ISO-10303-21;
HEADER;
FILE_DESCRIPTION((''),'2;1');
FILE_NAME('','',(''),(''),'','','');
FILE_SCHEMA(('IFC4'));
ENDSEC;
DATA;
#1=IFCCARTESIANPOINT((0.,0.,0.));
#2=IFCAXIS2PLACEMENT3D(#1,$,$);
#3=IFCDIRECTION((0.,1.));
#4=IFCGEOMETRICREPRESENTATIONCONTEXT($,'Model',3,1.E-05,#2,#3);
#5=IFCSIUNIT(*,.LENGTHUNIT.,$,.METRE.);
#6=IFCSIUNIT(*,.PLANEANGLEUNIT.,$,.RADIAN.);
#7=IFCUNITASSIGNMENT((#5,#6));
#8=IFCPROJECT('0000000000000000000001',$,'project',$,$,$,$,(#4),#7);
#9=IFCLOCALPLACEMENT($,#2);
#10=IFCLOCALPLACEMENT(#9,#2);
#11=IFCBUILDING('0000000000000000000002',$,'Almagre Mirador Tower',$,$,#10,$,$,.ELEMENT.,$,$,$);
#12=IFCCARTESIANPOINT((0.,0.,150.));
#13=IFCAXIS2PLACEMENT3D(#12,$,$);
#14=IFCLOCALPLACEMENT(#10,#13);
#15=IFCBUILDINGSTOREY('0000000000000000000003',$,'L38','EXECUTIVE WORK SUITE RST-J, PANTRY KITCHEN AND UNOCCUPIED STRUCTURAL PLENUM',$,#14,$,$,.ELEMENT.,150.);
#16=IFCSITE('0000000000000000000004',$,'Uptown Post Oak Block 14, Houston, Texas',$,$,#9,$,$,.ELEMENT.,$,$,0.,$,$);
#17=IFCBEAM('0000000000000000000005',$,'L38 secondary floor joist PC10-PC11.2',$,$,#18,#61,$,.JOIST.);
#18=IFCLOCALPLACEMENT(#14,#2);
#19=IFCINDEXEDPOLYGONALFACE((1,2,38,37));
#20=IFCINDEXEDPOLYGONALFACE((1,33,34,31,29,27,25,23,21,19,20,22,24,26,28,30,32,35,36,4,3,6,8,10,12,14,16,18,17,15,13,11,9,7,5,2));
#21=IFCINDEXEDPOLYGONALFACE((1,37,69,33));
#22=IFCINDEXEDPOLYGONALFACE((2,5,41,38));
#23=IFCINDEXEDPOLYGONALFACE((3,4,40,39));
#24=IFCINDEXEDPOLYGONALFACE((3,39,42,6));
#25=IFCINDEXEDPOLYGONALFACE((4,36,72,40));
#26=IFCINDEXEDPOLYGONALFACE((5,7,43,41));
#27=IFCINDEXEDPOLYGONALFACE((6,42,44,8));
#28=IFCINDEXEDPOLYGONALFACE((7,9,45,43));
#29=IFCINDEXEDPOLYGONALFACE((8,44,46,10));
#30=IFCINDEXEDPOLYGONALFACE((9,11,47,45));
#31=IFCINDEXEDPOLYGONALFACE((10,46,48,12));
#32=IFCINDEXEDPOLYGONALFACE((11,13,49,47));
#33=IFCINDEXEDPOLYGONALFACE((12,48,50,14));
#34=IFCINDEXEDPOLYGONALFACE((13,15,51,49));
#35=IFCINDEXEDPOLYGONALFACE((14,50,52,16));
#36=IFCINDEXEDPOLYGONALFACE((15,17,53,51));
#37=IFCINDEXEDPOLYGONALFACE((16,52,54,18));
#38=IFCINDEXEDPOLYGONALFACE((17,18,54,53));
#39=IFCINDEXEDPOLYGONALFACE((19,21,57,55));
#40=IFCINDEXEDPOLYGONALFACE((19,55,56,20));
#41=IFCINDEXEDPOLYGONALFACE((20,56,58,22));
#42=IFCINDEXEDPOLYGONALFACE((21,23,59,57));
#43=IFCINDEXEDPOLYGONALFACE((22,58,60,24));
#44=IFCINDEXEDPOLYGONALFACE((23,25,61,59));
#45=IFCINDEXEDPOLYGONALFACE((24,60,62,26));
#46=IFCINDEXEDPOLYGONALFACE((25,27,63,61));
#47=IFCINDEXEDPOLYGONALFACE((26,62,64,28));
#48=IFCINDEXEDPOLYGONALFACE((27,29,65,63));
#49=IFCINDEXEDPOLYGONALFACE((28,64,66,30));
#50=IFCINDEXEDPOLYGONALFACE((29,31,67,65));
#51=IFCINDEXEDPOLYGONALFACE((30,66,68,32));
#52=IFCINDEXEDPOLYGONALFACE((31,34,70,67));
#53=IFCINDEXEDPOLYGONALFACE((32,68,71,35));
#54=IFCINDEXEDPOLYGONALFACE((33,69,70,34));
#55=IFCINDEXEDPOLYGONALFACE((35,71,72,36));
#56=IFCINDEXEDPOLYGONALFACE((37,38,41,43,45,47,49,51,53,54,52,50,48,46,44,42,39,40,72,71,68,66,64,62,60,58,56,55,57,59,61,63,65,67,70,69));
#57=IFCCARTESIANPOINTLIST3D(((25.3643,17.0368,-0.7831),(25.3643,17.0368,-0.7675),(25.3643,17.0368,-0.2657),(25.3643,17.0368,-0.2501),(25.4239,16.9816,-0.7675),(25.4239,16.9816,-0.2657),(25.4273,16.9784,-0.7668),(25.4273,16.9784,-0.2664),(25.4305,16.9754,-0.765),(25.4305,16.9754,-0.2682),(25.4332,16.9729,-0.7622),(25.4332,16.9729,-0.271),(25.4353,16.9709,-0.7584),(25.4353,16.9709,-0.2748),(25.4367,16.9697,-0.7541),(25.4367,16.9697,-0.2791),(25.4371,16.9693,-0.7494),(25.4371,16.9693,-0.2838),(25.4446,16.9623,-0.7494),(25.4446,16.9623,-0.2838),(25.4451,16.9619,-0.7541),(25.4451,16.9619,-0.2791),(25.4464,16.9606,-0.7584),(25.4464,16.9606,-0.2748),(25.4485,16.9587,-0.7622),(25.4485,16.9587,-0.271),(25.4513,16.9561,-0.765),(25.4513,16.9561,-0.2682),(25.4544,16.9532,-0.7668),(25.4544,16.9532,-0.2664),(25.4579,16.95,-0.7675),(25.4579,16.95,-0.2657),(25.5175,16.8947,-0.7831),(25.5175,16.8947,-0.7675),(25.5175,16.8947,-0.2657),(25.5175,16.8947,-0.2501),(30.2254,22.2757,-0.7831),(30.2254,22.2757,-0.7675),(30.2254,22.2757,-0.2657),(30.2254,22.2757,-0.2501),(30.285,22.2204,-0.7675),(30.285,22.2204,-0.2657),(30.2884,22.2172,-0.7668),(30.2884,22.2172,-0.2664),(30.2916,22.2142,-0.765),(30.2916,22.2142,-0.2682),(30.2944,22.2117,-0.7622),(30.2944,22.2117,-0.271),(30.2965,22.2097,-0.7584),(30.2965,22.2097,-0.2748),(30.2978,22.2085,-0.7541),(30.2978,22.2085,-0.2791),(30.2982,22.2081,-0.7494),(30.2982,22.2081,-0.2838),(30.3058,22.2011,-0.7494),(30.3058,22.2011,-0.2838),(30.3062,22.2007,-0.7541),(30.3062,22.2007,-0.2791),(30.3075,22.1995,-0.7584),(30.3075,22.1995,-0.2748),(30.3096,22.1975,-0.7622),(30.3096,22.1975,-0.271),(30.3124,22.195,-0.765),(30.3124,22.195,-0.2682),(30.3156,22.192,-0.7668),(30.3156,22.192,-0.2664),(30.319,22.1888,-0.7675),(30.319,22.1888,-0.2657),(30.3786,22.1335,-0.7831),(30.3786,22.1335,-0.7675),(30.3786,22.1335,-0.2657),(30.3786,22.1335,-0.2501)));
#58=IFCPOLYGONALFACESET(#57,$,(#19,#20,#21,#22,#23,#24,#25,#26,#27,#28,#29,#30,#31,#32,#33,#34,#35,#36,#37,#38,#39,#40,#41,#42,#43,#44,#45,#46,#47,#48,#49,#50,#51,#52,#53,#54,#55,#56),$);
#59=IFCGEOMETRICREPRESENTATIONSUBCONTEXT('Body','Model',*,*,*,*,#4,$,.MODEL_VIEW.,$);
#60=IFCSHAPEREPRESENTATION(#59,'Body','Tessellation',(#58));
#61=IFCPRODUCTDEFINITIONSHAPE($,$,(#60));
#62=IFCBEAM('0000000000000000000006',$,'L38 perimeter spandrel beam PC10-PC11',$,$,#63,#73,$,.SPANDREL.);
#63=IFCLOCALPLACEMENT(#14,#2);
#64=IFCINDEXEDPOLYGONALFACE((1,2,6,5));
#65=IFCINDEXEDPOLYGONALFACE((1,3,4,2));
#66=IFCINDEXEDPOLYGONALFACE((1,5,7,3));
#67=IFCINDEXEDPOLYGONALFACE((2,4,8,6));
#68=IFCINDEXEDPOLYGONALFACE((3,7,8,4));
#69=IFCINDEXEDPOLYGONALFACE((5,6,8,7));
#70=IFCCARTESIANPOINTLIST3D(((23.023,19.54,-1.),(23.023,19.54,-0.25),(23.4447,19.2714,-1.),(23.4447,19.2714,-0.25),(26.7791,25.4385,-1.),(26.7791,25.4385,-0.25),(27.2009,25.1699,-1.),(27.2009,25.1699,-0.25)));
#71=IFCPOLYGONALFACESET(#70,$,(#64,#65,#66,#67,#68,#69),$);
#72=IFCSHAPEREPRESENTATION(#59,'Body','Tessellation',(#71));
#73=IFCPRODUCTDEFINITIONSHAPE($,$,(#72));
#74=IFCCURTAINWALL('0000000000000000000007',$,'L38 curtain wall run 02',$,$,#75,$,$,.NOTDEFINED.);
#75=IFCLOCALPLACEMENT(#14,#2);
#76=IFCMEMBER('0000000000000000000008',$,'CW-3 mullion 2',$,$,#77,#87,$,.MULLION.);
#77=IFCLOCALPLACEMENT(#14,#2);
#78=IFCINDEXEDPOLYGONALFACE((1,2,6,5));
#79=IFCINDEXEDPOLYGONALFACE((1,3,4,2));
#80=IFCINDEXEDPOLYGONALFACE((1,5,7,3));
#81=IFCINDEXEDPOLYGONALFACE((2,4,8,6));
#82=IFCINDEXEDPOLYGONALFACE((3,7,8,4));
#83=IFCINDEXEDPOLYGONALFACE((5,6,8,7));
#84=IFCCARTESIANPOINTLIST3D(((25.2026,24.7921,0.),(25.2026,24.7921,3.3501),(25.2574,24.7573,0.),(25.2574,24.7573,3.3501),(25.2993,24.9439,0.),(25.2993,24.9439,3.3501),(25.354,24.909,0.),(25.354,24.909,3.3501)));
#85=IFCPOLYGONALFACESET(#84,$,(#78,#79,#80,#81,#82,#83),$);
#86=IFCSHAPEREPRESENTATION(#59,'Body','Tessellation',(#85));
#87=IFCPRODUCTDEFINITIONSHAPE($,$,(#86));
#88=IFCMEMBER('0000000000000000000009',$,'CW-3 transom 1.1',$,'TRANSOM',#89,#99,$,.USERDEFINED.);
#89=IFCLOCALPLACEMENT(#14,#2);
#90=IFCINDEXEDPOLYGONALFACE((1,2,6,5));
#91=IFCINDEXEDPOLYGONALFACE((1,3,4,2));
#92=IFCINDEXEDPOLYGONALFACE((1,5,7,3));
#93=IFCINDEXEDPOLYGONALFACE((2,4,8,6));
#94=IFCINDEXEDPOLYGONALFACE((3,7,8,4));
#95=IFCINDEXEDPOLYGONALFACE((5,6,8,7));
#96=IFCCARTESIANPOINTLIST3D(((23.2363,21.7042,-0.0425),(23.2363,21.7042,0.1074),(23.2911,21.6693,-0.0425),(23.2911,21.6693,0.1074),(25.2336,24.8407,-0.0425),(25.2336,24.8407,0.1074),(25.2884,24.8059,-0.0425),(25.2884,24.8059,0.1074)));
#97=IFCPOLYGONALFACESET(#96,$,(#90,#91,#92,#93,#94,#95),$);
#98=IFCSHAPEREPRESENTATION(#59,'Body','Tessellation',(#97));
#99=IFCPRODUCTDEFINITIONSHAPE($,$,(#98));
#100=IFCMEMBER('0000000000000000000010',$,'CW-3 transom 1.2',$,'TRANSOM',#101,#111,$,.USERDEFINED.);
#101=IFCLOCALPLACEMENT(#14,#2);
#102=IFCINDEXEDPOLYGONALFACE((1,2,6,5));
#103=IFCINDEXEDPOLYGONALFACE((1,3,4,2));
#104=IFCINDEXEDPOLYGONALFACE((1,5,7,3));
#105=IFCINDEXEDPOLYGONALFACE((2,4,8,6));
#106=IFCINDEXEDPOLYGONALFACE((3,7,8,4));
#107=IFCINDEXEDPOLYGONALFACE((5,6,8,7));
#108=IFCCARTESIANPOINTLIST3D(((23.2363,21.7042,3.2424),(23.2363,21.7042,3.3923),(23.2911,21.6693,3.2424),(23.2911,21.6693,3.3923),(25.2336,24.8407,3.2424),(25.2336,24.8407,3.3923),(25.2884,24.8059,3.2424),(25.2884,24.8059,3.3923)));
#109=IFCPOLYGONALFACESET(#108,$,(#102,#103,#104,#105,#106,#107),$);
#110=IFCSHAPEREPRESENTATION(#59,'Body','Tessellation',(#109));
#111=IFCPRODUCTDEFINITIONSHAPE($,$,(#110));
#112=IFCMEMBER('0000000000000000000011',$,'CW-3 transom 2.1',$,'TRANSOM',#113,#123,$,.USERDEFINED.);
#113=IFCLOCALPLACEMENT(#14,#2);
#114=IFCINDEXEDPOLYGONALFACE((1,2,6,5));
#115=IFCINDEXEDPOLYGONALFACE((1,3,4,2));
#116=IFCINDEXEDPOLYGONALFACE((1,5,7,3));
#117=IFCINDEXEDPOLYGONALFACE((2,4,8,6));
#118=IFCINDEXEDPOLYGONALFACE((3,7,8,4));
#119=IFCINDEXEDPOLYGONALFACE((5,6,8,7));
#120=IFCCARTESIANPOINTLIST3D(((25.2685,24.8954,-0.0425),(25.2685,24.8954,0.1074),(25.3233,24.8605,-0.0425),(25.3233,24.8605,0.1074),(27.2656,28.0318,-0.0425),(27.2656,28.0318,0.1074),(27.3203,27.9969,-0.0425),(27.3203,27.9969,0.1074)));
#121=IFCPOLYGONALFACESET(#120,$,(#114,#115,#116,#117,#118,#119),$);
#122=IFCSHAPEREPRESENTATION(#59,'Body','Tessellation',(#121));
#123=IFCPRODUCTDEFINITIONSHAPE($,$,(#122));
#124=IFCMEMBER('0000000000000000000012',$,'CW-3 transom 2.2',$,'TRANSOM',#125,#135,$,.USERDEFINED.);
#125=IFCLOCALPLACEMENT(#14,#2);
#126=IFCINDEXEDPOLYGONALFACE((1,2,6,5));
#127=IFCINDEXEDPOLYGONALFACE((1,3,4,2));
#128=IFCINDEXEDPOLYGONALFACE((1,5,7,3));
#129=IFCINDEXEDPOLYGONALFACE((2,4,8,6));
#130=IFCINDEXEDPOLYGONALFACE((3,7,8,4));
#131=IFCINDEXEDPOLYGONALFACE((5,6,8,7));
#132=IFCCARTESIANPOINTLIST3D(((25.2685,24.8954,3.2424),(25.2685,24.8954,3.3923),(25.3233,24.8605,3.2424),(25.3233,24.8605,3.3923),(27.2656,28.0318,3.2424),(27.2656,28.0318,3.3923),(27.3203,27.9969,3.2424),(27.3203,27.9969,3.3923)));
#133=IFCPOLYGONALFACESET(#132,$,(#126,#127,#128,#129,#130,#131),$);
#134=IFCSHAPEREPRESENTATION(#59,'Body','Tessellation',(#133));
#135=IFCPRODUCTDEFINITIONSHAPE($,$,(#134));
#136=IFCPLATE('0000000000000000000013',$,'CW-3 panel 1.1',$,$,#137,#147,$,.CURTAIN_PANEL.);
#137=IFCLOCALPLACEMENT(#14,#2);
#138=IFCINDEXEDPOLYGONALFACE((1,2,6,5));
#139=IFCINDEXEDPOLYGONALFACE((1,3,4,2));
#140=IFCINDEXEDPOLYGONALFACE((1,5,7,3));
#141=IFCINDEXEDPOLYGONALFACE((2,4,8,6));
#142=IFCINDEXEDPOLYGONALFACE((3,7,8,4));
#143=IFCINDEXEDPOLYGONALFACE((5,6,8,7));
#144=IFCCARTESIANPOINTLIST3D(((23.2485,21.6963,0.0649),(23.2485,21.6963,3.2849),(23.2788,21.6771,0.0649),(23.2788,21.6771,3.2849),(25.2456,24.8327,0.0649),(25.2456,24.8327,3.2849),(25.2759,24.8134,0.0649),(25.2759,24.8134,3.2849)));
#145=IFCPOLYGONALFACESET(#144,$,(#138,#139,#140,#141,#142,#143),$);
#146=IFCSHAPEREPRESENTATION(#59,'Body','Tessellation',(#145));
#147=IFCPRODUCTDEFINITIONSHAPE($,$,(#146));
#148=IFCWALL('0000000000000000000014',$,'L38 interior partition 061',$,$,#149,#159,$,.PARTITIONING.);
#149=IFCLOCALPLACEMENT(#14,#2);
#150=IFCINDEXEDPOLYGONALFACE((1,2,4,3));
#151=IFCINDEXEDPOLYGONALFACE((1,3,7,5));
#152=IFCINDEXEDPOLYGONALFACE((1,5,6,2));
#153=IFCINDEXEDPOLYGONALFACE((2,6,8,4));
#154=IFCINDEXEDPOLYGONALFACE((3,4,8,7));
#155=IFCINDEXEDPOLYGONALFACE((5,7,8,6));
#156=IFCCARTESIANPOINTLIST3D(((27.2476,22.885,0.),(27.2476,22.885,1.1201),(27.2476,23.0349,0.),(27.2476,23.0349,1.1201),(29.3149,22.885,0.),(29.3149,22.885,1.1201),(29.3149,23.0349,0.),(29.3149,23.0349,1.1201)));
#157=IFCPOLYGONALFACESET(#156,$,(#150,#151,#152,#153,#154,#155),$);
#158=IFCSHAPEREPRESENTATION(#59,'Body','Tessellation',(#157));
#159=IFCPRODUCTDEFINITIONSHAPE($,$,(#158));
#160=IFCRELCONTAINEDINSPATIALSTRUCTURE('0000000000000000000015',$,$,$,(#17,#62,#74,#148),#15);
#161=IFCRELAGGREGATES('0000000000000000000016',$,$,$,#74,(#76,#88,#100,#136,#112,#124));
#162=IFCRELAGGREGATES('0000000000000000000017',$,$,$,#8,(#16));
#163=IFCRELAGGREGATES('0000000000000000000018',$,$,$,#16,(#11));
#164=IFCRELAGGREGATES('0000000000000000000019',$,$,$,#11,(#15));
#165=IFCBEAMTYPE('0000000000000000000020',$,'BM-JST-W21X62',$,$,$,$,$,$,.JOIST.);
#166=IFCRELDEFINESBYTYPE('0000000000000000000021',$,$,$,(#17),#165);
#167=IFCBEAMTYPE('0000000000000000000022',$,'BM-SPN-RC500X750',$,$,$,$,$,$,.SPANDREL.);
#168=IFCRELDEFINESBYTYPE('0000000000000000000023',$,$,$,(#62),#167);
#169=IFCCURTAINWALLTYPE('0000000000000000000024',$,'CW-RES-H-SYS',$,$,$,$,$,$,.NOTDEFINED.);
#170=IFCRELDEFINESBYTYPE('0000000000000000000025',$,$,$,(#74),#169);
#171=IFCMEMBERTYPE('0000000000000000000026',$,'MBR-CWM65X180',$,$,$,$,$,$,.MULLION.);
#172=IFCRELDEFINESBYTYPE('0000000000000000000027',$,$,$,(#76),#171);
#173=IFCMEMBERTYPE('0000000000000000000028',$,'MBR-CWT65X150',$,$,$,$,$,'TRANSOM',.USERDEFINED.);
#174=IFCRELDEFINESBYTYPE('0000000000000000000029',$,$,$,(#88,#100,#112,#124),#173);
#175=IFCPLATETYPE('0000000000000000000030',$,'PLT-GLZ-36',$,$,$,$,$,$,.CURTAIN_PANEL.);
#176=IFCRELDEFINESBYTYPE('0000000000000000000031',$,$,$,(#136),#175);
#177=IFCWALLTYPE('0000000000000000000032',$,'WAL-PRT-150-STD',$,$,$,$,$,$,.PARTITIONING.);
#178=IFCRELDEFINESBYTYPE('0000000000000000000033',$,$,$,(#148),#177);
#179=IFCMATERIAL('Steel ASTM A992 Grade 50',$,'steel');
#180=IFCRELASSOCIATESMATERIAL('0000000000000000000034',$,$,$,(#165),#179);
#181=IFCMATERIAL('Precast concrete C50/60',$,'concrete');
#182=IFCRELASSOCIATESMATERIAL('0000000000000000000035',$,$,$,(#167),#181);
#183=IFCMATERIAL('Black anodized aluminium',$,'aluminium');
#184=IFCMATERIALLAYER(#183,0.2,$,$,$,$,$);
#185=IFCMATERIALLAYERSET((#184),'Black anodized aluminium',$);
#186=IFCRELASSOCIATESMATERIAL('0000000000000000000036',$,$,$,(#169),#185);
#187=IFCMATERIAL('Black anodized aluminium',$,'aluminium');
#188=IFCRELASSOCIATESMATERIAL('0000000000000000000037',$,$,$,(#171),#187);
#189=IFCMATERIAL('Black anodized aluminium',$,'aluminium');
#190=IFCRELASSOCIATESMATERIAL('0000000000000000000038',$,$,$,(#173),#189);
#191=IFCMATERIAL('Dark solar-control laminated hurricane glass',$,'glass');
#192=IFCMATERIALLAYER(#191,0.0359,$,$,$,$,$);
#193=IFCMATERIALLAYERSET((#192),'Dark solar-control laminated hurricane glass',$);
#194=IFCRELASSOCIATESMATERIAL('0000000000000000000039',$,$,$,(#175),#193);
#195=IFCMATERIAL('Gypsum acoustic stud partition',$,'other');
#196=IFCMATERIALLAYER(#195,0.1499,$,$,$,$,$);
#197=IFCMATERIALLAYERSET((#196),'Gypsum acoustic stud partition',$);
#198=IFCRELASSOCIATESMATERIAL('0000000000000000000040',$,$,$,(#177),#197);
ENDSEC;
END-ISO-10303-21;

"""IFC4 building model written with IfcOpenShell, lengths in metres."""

from ifc_helpers import new_model, si_unit, direction, frame, frame_2d, origin, origin_2d, place, context, subcontext, project, spatial, rectangle, i_section, extrude, material, layer, layer_set, material_profile, profile_set, type_object, element, aggregate, save


model = new_model("IFC4")

# Units and contexts
model_context = context("Model", 3, precision=1e-05, world=origin(), true_north=direction((0.0, 1.0)))
body_context = subcontext(model_context, "Body", "Model", "MODEL_VIEW")
ifc_project = project(units=[si_unit("LENGTHUNIT", "METRE"), si_unit("PLANEANGLEUNIT", "RADIAN")], contexts=[model_context])

# Site, building, storey
site_placement = place(None, origin())
site = spatial("IfcSite", under=ifc_project, at=site_placement, Name="Uptown Post Oak Block 14, Houston, Texas", CompositionType="ELEMENT", RefElevation=0.0)
building_placement = place(site_placement, origin())
building = spatial("IfcBuilding", under=site, at=building_placement, Name="Almagre Mirador Tower", CompositionType="ELEMENT")
storey_placement = place(building_placement, frame((0.0, 0.0, 150.0)))
storey = spatial("IfcBuildingStorey", under=building, at=storey_placement, Name="L38", Description="EXECUTIVE WORK SUITE RST-J, PANTRY KITCHEN AND UNOCCUPIED STRUCTURAL PLENUM", CompositionType="ELEMENT", Elevation=150.0)

# Beams
ifc_material_1 = material(Name="Steel ASTM A992 Grade 50", Category="steel")
ifc_material_profile_1 = material_profile(ifc_material_1, i_section(OverallWidth=0.209, OverallDepth=0.533, WebThickness=0.0103, FlangeThickness=0.0156, FilletRadius=0.0181, at=origin_2d()), Name="W21X62")
ifc_profile_set_1 = profile_set([ifc_material_profile_1], Name="Steel ASTM A992 Grade 50")
beam_type_1 = type_object("IfcBeamType", Name="BM-JST-W21X62", PredefinedType="JOIST", material=ifc_profile_set_1)
beam_1_placement = place(storey_placement, frame((30.302, 22.2046, -0.5166), z_axis=(-0.680189, -0.733037, 0.0), x_axis=(0.733037, -0.680189, 0.0)))
element("IfcBeam", 1, at=beam_1_placement, inside=storey, type_object=beam_type_1, Name="L38 secondary floor joist PC10-PC11.2", PredefinedType="JOIST", context=body_context, shape_type="SweptSolid", body=[
    extrude(i_section(OverallWidth=0.209, OverallDepth=0.533, WebThickness=0.0103, FlangeThickness=0.0156, FilletRadius=0.0181, at=origin_2d()), origin(), (0.0, 0.0, 1.0), 7.1467),
])
ifc_material_2 = material(Name="Precast concrete C50/60", Category="concrete")
ifc_material_profile_2 = material_profile(ifc_material_2, rectangle(XDim=0.5, YDim=0.75, at=origin_2d()), Name="RC500X750")
ifc_profile_set_2 = profile_set([ifc_material_profile_2], Name="Precast concrete C50/60")
beam_type_2 = type_object("IfcBeamType", Name="BM-SPN-RC500X750", PredefinedType="SPANDREL", material=ifc_profile_set_2)
beam_2_placement = place(storey_placement, frame((26.99, 25.3042, -0.625), z_axis=(-0.537135, -0.843496, 0.0), x_axis=(0.843496, -0.537135, 0.0)))
element("IfcBeam", 2, at=beam_2_placement, inside=storey, type_object=beam_type_2, Name="L38 perimeter spandrel beam PC10-PC11", PredefinedType="SPANDREL", context=body_context, shape_type="SweptSolid", body=[
    extrude(rectangle(XDim=0.5, YDim=0.75, at=origin_2d()), origin(), (0.0, 0.0, 1.0), 6.9929),
])

# Curtain wall, members, plate
ifc_material_3 = material(Name="Black anodized aluminium", Category="aluminium")
ifc_layer_1 = layer(ifc_material_3, 0.2)
ifc_layer_set_1 = layer_set([ifc_layer_1], Name="Black anodized aluminium")
curtain_wall_type = type_object("IfcCurtainWallType", Name="CW-RES-H-SYS", PredefinedType="NOTDEFINED", material=ifc_layer_set_1)
curtain_wall_placement = place(storey_placement, origin())
curtain_wall = element("IfcCurtainWall", 3, at=curtain_wall_placement, inside=storey, type_object=curtain_wall_type, Name="L38 curtain wall run 02", PredefinedType="NOTDEFINED")
ifc_material_4 = material(Name="Black anodized aluminium", Category="aluminium")
ifc_material_profile_3 = material_profile(ifc_material_4, rectangle(XDim=0.0649, YDim=0.1799, at=origin_2d()), Name="CWM65X180")
ifc_profile_set_3 = profile_set([ifc_material_profile_3], Name="Black anodized aluminium")
member_type_1 = type_object("IfcMemberType", Name="MBR-CWM65X180", PredefinedType="MULLION", material=ifc_profile_set_3)
member_1_placement = place(storey_placement, frame((25.2783, 24.8506, 0.0), z_axis=(0.0, 0.0, 1.0), x_axis=(-0.843509, 0.537115, 0.0)))
member_1 = element("IfcMember", 4, at=member_1_placement, type_object=member_type_1, Name="CW-3 mullion 2", PredefinedType="MULLION", context=body_context, shape_type="SweptSolid", body=[
    extrude(rectangle(XDim=0.0649, YDim=0.1799, at=origin_2d()), origin(), (0.0, 0.0, 1.0), 3.3501),
])
ifc_material_5 = material(Name="Black anodized aluminium", Category="aluminium")
ifc_material_profile_4 = material_profile(ifc_material_5, rectangle(XDim=0.0649, YDim=0.1499, at=origin_2d()), Name="CWT65X150")
ifc_profile_set_4 = profile_set([ifc_material_profile_4], Name="Black anodized aluminium")
member_type_2 = type_object("IfcMemberType", Name="MBR-CWT65X150", ElementType="TRANSOM", PredefinedType="USERDEFINED", material=ifc_profile_set_4)
member_2_placement = place(storey_placement, frame((23.2637, 21.6868, 0.0325), z_axis=(0.537139, 0.843494, 0.0), x_axis=(-0.843494, 0.537139, 0.0)))
member_2 = element("IfcMember", 5, at=member_2_placement, type_object=member_type_2, Name="CW-3 transom 1.1", ObjectType="TRANSOM", PredefinedType="USERDEFINED", context=body_context, shape_type="SweptSolid", body=[
    extrude(rectangle(XDim=0.0649, YDim=0.1499, at=origin_2d()), origin(), (0.0, 0.0, 1.0), 3.7185),
])
member_3_placement = place(storey_placement, frame((23.2637, 21.6868, 3.3174), z_axis=(0.537139, 0.843494, 0.0), x_axis=(-0.843494, 0.537139, 0.0)))
member_3 = element("IfcMember", 6, at=member_3_placement, type_object=member_type_2, Name="CW-3 transom 1.2", ObjectType="TRANSOM", PredefinedType="USERDEFINED", context=body_context, shape_type="SweptSolid", body=[
    extrude(rectangle(XDim=0.0649, YDim=0.1499, at=origin_2d()), origin(), (0.0, 0.0, 1.0), 3.7185),
])
member_4_placement = place(storey_placement, frame((25.2959, 24.8779, 0.0325), z_axis=(0.537092, 0.843524, 0.0), x_axis=(-0.843524, 0.537092, 0.0)))
member_4 = element("IfcMember", 7, at=member_4_placement, type_object=member_type_2, Name="CW-3 transom 2.1", ObjectType="TRANSOM", PredefinedType="USERDEFINED", context=body_context, shape_type="SweptSolid", body=[
    extrude(rectangle(XDim=0.0649, YDim=0.1499, at=origin_2d()), origin(), (0.0, 0.0, 1.0), 3.7183),
])
member_5_placement = place(storey_placement, frame((25.2959, 24.8779, 3.3174), z_axis=(0.537092, 0.843524, 0.0), x_axis=(-0.843524, 0.537092, 0.0)))
member_5 = element("IfcMember", 8, at=member_5_placement, type_object=member_type_2, Name="CW-3 transom 2.2", ObjectType="TRANSOM", PredefinedType="USERDEFINED", context=body_context, shape_type="SweptSolid", body=[
    extrude(rectangle(XDim=0.0649, YDim=0.1499, at=origin_2d()), origin(), (0.0, 0.0, 1.0), 3.7183),
])
ifc_material_6 = material(Name="Dark solar-control laminated hurricane glass", Category="glass")
ifc_layer_2 = layer(ifc_material_6, 0.0359)
ifc_layer_set_2 = layer_set([ifc_layer_2], Name="Dark solar-control laminated hurricane glass")
plate_type = type_object("IfcPlateType", Name="PLT-GLZ-36", PredefinedType="CURTAIN_PANEL", material=ifc_layer_set_2)
plate_placement = place(storey_placement, frame((24.2622, 23.2549, 0.0649), z_axis=(0.0, 0.0, 1.0), x_axis=(0.537115, 0.843509, 0.0)))
plate = element("IfcPlate", 9, at=plate_placement, type_object=plate_type, Name="CW-3 panel 1.1", PredefinedType="CURTAIN_PANEL", context=body_context, shape_type="SweptSolid", body=[
    extrude(rectangle(XDim=3.7183, YDim=0.0359, at=origin_2d()), origin(), (0.0, 0.0, 1.0), 3.22),
])
aggregate(curtain_wall, [member_1, member_2, member_3, plate, member_4, member_5])

# Wall
ifc_material_7 = material(Name="Gypsum acoustic stud partition", Category="other")
ifc_layer_3 = layer(ifc_material_7, 0.1499)
ifc_layer_set_3 = layer_set([ifc_layer_3], Name="Gypsum acoustic stud partition")
wall_type_1 = type_object("IfcWallType", Name="WAL-PRT-150-STD", PredefinedType="PARTITIONING", material=ifc_layer_set_3)
wall_1_placement = place(storey_placement, frame((27.2476, 22.96, 0.0), z_axis=(0.0, 0.0, 1.0), x_axis=(1.0, 0.0, 0.0)))
element("IfcWall", 10, at=wall_1_placement, inside=storey, type_object=wall_type_1, Name="L38 interior partition 061", PredefinedType="PARTITIONING", context=body_context, shape_type="SweptSolid", body=[
    extrude(rectangle(XDim=2.0674, YDim=0.1499, at=frame_2d((1.0337, 0.0))), origin(), (0.0, 0.0, 1.0), 1.1201),
])

save(model, "model.ifc")
